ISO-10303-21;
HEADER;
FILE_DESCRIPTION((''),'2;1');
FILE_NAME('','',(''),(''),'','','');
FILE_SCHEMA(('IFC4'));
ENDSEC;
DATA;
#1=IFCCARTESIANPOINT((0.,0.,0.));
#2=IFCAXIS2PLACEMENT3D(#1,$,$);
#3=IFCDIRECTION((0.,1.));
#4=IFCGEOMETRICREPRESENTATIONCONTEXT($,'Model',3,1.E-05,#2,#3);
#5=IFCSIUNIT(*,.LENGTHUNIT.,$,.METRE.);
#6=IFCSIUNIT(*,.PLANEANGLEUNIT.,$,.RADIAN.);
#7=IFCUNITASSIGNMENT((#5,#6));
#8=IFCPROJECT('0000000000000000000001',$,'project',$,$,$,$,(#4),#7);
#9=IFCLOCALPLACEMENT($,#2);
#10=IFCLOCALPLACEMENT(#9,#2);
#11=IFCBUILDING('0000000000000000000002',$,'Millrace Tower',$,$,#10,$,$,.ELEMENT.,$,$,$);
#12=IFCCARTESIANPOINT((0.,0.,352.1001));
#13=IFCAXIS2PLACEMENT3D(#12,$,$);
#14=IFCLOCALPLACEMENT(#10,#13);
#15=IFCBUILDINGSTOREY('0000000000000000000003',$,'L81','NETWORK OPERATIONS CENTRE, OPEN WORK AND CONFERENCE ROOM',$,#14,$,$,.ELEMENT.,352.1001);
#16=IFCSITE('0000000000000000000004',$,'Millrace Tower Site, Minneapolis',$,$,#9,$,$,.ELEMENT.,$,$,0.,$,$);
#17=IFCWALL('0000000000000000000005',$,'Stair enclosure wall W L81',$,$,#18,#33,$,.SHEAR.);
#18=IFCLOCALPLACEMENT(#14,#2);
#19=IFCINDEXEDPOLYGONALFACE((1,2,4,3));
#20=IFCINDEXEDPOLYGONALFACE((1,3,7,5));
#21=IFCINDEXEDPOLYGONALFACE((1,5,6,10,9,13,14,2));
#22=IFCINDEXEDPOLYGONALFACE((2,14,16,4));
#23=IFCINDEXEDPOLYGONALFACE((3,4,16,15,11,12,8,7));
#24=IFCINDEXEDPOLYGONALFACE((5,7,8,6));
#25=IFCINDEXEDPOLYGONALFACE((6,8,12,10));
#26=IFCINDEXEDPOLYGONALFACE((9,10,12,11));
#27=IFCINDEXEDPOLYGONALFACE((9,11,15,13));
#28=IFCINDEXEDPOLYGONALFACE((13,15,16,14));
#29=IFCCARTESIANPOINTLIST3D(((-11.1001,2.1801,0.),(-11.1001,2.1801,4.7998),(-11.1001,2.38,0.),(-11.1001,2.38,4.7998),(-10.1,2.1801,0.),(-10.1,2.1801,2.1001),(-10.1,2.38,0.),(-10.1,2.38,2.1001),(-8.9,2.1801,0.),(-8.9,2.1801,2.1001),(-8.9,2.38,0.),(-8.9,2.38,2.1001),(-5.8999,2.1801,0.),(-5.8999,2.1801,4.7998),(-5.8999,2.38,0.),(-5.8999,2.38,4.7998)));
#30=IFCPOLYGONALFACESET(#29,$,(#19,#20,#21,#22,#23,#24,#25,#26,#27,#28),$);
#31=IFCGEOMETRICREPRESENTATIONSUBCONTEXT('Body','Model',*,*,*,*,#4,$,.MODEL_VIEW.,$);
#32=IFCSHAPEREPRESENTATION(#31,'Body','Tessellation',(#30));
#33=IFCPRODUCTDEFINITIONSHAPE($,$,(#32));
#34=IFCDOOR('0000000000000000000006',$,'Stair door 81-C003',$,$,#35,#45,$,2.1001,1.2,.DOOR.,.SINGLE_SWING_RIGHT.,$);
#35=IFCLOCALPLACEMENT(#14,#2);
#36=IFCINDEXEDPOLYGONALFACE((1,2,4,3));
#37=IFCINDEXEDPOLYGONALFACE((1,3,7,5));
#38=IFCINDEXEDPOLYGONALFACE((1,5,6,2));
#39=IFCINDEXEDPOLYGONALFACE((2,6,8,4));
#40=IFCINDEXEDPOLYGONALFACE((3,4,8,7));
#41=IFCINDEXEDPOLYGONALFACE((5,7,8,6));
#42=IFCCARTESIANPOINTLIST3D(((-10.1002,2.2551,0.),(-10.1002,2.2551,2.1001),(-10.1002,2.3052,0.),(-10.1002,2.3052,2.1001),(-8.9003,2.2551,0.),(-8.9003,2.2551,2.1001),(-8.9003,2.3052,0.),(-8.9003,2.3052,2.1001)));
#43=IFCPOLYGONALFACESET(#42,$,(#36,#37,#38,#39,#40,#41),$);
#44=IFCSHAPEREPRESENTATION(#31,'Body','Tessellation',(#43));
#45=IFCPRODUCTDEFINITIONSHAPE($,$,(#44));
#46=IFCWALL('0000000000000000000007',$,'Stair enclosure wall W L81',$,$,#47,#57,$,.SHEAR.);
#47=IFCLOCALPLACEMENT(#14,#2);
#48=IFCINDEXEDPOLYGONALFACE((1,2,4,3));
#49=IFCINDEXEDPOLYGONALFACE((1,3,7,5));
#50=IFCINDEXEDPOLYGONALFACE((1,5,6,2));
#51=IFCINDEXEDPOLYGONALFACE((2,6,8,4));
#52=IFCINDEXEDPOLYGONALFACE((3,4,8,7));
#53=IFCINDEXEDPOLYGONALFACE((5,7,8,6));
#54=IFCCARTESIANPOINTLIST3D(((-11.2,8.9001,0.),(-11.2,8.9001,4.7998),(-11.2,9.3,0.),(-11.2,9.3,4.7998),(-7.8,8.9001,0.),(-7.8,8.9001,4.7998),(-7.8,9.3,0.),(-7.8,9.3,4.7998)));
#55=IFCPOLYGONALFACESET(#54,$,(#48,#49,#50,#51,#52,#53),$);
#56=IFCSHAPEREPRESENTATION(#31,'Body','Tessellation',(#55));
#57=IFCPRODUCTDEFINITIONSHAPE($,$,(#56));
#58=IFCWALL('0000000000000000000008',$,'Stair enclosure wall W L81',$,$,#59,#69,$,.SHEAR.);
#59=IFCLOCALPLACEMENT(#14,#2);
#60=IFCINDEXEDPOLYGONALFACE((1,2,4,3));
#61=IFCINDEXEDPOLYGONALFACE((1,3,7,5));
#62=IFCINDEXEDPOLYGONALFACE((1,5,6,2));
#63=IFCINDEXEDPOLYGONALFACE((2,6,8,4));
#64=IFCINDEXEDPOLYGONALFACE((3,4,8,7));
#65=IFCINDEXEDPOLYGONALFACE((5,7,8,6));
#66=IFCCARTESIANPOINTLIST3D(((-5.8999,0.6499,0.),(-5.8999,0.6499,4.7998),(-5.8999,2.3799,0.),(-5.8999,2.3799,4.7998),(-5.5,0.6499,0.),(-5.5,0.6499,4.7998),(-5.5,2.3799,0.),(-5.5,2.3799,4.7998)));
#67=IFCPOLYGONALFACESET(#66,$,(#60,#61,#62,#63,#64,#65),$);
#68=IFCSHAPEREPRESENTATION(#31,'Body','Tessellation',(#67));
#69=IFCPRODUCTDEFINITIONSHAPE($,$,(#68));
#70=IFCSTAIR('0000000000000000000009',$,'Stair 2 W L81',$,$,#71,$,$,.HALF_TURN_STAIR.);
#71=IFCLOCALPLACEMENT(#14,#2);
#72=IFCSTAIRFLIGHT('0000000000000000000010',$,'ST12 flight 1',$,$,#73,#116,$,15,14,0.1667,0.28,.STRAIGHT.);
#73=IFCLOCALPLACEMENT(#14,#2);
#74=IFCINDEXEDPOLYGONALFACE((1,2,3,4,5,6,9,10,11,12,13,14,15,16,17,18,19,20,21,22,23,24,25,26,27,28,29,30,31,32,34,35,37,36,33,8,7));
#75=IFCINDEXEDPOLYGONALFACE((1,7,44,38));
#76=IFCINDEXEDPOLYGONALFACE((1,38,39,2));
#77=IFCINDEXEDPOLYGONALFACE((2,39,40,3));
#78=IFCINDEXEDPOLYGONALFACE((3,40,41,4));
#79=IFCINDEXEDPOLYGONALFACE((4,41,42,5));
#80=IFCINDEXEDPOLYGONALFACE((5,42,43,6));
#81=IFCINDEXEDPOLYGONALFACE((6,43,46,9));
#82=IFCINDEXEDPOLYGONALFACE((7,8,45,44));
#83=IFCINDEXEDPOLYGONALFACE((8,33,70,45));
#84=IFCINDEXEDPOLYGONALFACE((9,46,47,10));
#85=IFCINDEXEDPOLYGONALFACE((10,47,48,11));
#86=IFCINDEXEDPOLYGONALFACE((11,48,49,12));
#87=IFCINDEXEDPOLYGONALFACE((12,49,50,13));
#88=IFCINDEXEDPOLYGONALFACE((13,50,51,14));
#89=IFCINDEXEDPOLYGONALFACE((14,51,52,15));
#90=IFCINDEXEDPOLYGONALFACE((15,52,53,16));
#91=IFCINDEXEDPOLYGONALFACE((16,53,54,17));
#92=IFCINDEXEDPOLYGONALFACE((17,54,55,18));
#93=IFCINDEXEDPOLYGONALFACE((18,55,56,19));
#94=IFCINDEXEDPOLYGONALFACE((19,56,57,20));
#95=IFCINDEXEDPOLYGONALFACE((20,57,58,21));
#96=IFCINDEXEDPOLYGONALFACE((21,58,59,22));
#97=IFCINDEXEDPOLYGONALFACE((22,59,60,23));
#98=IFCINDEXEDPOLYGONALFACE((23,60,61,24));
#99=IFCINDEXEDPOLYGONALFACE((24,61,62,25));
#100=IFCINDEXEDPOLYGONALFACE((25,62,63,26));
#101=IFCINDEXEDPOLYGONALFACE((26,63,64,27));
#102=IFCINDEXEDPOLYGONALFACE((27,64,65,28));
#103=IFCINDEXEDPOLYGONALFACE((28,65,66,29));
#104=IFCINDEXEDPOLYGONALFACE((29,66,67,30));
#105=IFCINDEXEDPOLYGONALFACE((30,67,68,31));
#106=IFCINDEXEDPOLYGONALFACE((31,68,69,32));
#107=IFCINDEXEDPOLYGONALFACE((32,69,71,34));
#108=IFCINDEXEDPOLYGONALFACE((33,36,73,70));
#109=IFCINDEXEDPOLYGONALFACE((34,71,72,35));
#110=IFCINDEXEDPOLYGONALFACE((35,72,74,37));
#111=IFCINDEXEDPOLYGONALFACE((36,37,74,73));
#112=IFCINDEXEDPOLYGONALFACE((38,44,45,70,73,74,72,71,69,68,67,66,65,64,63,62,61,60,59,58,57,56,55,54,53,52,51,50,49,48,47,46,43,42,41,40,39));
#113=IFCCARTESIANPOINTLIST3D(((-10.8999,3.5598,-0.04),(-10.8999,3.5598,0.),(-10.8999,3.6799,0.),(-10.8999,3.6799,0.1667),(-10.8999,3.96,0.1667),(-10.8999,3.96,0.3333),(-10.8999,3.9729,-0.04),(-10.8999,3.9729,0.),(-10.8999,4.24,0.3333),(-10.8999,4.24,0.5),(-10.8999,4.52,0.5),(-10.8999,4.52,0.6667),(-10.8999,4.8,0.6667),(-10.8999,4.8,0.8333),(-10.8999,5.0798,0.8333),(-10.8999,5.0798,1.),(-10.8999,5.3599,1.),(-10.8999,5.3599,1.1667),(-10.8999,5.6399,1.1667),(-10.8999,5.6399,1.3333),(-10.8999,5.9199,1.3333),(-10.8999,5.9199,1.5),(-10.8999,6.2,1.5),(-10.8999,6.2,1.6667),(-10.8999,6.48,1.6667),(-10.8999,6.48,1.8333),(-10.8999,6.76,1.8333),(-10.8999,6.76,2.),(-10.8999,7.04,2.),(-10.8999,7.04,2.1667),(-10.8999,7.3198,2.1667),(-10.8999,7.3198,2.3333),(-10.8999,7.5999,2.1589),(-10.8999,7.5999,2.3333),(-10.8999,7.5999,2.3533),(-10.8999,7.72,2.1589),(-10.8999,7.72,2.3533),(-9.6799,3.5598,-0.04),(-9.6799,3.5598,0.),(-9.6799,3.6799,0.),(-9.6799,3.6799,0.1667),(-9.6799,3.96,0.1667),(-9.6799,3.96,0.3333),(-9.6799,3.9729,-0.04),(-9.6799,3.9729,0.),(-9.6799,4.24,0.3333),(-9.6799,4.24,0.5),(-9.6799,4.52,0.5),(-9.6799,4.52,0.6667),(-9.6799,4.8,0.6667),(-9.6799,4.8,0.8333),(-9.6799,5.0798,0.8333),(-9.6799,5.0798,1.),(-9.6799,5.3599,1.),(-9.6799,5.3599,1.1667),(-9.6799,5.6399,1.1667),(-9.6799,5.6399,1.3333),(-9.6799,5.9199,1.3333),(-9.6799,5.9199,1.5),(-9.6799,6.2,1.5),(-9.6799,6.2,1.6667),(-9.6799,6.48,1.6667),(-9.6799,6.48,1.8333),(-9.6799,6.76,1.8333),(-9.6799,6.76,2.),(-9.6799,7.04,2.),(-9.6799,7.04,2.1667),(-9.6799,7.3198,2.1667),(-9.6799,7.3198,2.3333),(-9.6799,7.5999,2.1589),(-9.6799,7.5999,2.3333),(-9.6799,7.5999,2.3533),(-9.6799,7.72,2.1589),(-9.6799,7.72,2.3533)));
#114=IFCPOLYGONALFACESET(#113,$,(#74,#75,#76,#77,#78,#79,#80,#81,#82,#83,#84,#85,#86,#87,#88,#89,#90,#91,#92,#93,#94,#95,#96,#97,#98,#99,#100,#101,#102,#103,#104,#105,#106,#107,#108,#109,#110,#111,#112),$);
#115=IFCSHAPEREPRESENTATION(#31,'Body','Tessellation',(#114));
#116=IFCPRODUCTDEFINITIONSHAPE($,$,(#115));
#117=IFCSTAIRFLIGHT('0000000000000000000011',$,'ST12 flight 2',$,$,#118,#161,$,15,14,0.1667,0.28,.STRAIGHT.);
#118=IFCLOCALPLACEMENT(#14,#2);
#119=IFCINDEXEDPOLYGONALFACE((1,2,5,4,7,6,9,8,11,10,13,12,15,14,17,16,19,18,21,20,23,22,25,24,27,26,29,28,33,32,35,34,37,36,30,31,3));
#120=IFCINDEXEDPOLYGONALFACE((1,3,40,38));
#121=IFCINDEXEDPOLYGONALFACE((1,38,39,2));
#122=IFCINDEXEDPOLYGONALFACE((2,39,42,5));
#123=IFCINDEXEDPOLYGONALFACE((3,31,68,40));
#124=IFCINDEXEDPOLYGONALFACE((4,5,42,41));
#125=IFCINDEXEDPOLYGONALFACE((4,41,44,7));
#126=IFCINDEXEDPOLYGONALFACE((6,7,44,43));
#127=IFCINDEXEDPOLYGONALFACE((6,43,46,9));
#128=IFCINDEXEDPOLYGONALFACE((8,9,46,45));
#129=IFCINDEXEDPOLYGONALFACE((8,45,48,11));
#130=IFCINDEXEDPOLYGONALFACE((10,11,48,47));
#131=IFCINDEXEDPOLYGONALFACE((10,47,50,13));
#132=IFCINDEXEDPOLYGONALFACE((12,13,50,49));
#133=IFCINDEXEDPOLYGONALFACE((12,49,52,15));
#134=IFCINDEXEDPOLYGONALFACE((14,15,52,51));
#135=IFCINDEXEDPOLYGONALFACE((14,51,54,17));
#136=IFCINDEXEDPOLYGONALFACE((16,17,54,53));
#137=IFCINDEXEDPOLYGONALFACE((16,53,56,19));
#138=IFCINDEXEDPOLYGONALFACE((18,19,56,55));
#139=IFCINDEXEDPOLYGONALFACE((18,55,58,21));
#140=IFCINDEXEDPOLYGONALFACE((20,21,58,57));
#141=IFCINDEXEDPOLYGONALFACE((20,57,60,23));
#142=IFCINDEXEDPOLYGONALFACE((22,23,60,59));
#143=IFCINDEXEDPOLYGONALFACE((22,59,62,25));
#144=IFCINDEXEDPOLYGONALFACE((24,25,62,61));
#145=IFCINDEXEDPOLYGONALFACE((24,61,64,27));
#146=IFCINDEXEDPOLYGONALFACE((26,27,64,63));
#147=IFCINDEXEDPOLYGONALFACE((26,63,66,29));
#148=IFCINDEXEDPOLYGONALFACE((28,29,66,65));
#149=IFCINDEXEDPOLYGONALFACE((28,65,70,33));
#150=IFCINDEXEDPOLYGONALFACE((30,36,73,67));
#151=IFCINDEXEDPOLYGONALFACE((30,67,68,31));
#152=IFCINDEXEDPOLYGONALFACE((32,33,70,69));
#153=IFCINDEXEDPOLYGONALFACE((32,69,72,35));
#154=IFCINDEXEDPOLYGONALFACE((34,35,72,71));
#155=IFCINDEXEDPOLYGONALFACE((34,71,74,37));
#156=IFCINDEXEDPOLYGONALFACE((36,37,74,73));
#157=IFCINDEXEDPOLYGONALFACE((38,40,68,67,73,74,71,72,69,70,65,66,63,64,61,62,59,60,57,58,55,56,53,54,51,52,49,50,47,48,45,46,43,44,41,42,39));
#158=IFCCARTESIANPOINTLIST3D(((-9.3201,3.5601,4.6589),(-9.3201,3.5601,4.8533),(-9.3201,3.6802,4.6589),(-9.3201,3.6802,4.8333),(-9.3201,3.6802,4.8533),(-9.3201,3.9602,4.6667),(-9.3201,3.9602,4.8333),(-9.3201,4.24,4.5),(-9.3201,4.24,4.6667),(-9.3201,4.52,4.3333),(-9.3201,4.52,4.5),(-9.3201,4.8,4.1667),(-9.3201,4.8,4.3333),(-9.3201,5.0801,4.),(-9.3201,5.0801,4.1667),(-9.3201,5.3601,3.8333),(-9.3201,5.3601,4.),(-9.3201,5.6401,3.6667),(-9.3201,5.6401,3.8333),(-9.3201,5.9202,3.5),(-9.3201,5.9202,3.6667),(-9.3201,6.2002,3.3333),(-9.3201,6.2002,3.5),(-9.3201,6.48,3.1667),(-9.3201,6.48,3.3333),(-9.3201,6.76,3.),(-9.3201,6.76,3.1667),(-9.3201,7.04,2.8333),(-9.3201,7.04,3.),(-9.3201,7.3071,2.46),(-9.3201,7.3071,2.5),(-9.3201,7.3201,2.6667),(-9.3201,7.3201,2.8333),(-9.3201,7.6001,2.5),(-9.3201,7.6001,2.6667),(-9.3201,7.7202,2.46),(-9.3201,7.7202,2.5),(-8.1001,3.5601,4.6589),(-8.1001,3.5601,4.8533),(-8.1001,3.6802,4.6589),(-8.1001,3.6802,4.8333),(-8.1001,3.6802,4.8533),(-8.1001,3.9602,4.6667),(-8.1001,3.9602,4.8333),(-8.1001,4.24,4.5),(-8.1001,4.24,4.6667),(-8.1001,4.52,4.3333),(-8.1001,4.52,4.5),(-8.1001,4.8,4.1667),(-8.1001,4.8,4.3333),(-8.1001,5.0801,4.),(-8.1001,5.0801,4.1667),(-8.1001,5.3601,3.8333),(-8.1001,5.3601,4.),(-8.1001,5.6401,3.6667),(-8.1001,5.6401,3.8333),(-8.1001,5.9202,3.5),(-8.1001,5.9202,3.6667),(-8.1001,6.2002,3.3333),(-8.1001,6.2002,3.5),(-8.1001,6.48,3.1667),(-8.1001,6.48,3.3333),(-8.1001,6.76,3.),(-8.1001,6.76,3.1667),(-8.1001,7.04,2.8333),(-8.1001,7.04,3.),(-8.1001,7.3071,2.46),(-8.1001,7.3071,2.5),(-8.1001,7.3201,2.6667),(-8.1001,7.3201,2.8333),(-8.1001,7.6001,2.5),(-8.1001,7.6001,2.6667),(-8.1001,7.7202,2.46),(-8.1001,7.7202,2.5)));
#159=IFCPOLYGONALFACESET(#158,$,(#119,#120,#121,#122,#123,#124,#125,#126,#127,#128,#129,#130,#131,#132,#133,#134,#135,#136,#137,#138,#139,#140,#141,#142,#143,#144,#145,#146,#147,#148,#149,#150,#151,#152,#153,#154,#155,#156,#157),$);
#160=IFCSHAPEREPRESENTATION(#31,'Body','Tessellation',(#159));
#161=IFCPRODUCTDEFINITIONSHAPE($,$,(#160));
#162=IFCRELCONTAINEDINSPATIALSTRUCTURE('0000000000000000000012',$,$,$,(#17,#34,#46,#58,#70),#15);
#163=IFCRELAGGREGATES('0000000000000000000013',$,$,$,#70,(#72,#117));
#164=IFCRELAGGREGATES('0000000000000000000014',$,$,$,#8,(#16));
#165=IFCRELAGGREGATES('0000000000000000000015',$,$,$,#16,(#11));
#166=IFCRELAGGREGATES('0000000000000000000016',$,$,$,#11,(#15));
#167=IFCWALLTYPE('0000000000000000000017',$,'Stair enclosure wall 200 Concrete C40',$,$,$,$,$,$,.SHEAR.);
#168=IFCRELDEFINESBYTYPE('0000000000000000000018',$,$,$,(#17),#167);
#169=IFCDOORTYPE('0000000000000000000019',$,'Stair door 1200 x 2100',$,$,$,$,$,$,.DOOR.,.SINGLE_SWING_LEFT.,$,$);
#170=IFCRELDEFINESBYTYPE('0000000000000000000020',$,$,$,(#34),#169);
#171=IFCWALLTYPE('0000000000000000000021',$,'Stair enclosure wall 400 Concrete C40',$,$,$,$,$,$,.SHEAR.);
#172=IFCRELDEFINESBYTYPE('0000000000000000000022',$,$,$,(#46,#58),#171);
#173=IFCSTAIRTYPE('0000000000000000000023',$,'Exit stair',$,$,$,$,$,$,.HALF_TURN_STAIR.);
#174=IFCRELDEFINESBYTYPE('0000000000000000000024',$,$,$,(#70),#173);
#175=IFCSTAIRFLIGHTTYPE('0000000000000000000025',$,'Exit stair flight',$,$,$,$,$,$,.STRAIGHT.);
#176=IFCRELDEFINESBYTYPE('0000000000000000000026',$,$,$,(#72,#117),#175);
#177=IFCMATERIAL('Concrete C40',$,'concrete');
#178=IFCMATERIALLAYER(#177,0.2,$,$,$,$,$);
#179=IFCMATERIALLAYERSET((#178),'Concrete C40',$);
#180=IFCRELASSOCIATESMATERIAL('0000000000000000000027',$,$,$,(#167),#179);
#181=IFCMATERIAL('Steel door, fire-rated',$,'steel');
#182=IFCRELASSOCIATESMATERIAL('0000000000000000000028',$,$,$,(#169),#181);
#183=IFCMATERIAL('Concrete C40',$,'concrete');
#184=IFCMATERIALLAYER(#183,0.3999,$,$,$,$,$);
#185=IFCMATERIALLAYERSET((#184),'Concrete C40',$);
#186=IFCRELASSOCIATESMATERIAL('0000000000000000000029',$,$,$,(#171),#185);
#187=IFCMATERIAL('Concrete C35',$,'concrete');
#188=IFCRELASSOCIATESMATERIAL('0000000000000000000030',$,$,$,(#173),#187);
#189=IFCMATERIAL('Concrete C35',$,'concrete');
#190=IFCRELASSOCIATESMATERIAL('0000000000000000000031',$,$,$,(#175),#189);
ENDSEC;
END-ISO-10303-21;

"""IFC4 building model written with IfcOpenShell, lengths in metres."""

from ifc_helpers import new_model, si_unit, direction, frame, frame_2d, origin, place, context, subcontext, project, spatial, polyline, rectangle, outline, extrude, material, layer, layer_set, type_object, element, fill, aggregate, save


model = new_model("IFC4")

# Units and contexts
model_context = context("Model", 3, precision=1e-05, world=origin(), true_north=direction((0.0, 1.0)))
body_context = subcontext(model_context, "Body", "Model", "MODEL_VIEW")
ifc_project = project(units=[si_unit("LENGTHUNIT", "METRE"), si_unit("PLANEANGLEUNIT", "RADIAN")], contexts=[model_context])

# Site, building, storey
site_placement = place(None, origin())
site = spatial("IfcSite", under=ifc_project, at=site_placement, Name="Millrace Tower Site, Minneapolis", CompositionType="ELEMENT", RefElevation=0.0)
building_placement = place(site_placement, origin())
building = spatial("IfcBuilding", under=site, at=building_placement, Name="Millrace Tower", CompositionType="ELEMENT")
storey_placement = place(building_placement, frame((0.0, 0.0, 352.1001)))
storey = spatial("IfcBuildingStorey", under=building, at=storey_placement, Name="L81", Description="NETWORK OPERATIONS CENTRE, OPEN WORK AND CONFERENCE ROOM", CompositionType="ELEMENT", Elevation=352.1001)

# Shared definitions
placement_1 = place(storey_placement, origin())

# Shared definitions
ifc_material_1 = material(Name="Concrete C40", Category="concrete")
ifc_layer_1 = layer(ifc_material_1, 0.2)
ifc_layer_set_1 = layer_set([ifc_layer_1], Name="Concrete C40")
wall_type_1 = type_object("IfcWallType", Name="Stair enclosure wall 200 Concrete C40", PredefinedType="SHEAR", material=ifc_layer_set_1)

# Wall, opening, door
wall_1_placement = place(storey_placement, frame((-11.1001, 2.28, 0.0), z_axis=(0.0, 0.0, 1.0), x_axis=(1.0, 0.0, 0.0)))
wall_1 = element("IfcWall", 1, at=wall_1_placement, inside=storey, type_object=wall_type_1, Name="Stair enclosure wall W L81", PredefinedType="SHEAR", context=body_context, shape_type="SweptSolid", body=[
    extrude(rectangle(XDim=5.2002, YDim=0.2, at=frame_2d((2.6001, 0.0))), origin(), (0.0, 0.0, 1.0), 4.7998),
])
opening_placement = place(wall_1_placement, frame((1.0, 0.0, 0.0)))
opening = element("IfcOpeningElement", 2, at=opening_placement, cuts=wall_1, PredefinedType="OPENING", context=body_context, shape_type="SweptSolid", body=[
    extrude(rectangle(XDim=1.2, YDim=2.1001, at=frame_2d((0.6001, 1.05))), frame((0.0, 0.1099, 0.0), z_axis=(0.0, -1.0, 0.0), x_axis=(1.0, 0.0, 0.0)), (0.0, 0.0, 1.0), 0.22),
])
ifc_material_2 = material(Name="Steel door, fire-rated", Category="steel")
door_type = type_object("IfcDoorType", Name="Stair door 1200 x 2100", OperationType="SINGLE_SWING_LEFT", PredefinedType="DOOR", material=ifc_material_2)
door_placement = place(opening_placement, frame((1.2, 0.0, 0.0), z_axis=(0.0, 0.0, 1.0), x_axis=(-1.0, 0.0, 0.0)))
door = element("IfcDoor", 3, at=door_placement, inside=storey, type_object=door_type, Name="Stair door 81-C003", OperationType="SINGLE_SWING_RIGHT", OverallHeight=2.1001, OverallWidth=1.2, PredefinedType="DOOR", context=body_context, shape_type="SweptSolid", body=[
    extrude(rectangle(XDim=1.2, YDim=2.1001, at=frame_2d((0.6001, 1.05))), frame((0.0, 0.0249, 0.0), z_axis=(0.0, -1.0, 0.0), x_axis=(1.0, 0.0, 0.0)), (0.0, 0.0, 1.0), 0.05),
])
fill(opening, door)

# Walls
ifc_material_3 = material(Name="Concrete C40", Category="concrete")
ifc_layer_2 = layer(ifc_material_3, 0.3999)
ifc_layer_set_2 = layer_set([ifc_layer_2], Name="Concrete C40")
wall_type_2 = type_object("IfcWallType", Name="Stair enclosure wall 400 Concrete C40", PredefinedType="SHEAR", material=ifc_layer_set_2)
wall_2_placement = place(storey_placement, frame((-11.2, 9.1001, 0.0), z_axis=(0.0, 0.0, 1.0), x_axis=(1.0, 0.0, 0.0)))
element("IfcWall", 4, at=wall_2_placement, inside=storey, type_object=wall_type_2, Name="Stair enclosure wall W L81", PredefinedType="SHEAR", context=body_context, shape_type="SweptSolid", body=[
    extrude(rectangle(XDim=3.3999, YDim=0.3999, at=frame_2d((1.7, 0.0))), origin(), (0.0, 0.0, 1.0), 4.7998),
])
wall_3_placement = place(storey_placement, frame((-5.7, 0.6499, 0.0), z_axis=(0.0, 0.0, 1.0), x_axis=(0.0, 1.0, 0.0)))
element("IfcWall", 5, at=wall_3_placement, inside=storey, type_object=wall_type_2, Name="Stair enclosure wall W L81", PredefinedType="SHEAR", context=body_context, shape_type="SweptSolid", body=[
    extrude(rectangle(XDim=1.73, YDim=0.3999, at=frame_2d((0.865, 0.0))), origin(), (0.0, 0.0, 1.0), 4.7998),
])

# Stair, stair flights
ifc_material_4 = material(Name="Concrete C35", Category="concrete")
stair_type = type_object("IfcStairType", Name="Exit stair", PredefinedType="HALF_TURN_STAIR", material=ifc_material_4)
stair = element("IfcStair", 6, at=placement_1, inside=storey, type_object=stair_type, Name="Stair 2 W L81", PredefinedType="HALF_TURN_STAIR")
ifc_material_5 = material(Name="Concrete C35", Category="concrete")
stair_flight_type = type_object("IfcStairFlightType", Name="Exit stair flight", PredefinedType="STRAIGHT", material=ifc_material_5)
stair_flight_1_placement = place(storey_placement, frame((-10.29, 3.6799, 0.0), z_axis=(0.0, 0.0, 1.0), x_axis=(0.0, 1.0, 0.0)))
stair_flight_1 = element("IfcStairFlight", 7, at=stair_flight_1_placement, type_object=stair_flight_type, Name="ST12 flight 1", NumberOfRisers=15, NumberOfTreads=14, PredefinedType="STRAIGHT", RiserHeight=0.1667, TreadLength=0.28, context=body_context, shape_type="SweptSolid", body=[
    extrude(outline(polyline([(-0.1201, -0.04), (-0.1201, 0.0), (0.0, 0.0), (0.0, 0.1667), (0.28, 0.1667), (0.28, 0.3333), (0.5601, 0.3333), (0.5601, 0.5), (0.8401, 0.5), (0.8401, 0.6667), (1.1201, 0.6667), (1.1201, 0.8333), (1.3999, 0.8333), (1.3999, 1.0), (1.6799, 1.0), (1.6799, 1.1667), (1.96, 1.1667), (1.96, 1.3333), (2.24, 1.3333), (2.24, 1.5), (2.52, 1.5), (2.52, 1.6667), (2.8, 1.6667), (2.8, 1.8333), (3.0801, 1.8333), (3.0801, 2.0), (3.3601, 2.0), (3.3601, 2.1667), (3.6399, 2.1667), (3.6399, 2.3333), (3.9199, 2.3333), (3.9199, 2.3533), (4.04, 2.3533), (4.04, 2.1589), (3.9199, 2.1589), (0.293, 0.0), (0.293, -0.04), (-0.1201, -0.04)])), frame((0.0, 0.6099, 0.0), z_axis=(0.0, -1.0, 0.0), x_axis=(1.0, 0.0, 0.0)), (0.0, 0.0, 1.0), 1.22),
])
stair_flight_2_placement = place(storey_placement, frame((-8.71, 7.6001, 2.5), z_axis=(0.0, 0.0, 1.0), x_axis=(0.0, -1.0, 0.0)))
stair_flight_2 = element("IfcStairFlight", 8, at=stair_flight_2_placement, type_object=stair_flight_type, Name="ST12 flight 2", NumberOfRisers=15, NumberOfTreads=14, PredefinedType="STRAIGHT", RiserHeight=0.1667, TreadLength=0.28, context=body_context, shape_type="SweptSolid", body=[
    extrude(outline(polyline([(-0.1201, -0.04), (-0.1201, 0.0), (0.0, 0.0), (0.0, 0.1667), (0.28, 0.1667), (0.28, 0.3333), (0.5601, 0.3333), (0.5601, 0.5), (0.8401, 0.5), (0.8401, 0.6667), (1.1201, 0.6667), (1.1201, 0.8333), (1.3999, 0.8333), (1.3999, 1.0), (1.6799, 1.0), (1.6799, 1.1667), (1.96, 1.1667), (1.96, 1.3333), (2.24, 1.3333), (2.24, 1.5), (2.52, 1.5), (2.52, 1.6667), (2.8, 1.6667), (2.8, 1.8333), (3.0801, 1.8333), (3.0801, 2.0), (3.3601, 2.0), (3.3601, 2.1667), (3.6399, 2.1667), (3.6399, 2.3333), (3.9199, 2.3333), (3.9199, 2.3533), (4.04, 2.3533), (4.04, 2.1589), (3.9199, 2.1589), (0.293, 0.0), (0.293, -0.04), (-0.1201, -0.04)])), frame((0.0, 0.6099, 0.0), z_axis=(0.0, -1.0, 0.0), x_axis=(1.0, 0.0, 0.0)), (0.0, 0.0, 1.0), 1.22),
])
aggregate(stair, [stair_flight_1, stair_flight_2])

save(model, "model.ifc")
